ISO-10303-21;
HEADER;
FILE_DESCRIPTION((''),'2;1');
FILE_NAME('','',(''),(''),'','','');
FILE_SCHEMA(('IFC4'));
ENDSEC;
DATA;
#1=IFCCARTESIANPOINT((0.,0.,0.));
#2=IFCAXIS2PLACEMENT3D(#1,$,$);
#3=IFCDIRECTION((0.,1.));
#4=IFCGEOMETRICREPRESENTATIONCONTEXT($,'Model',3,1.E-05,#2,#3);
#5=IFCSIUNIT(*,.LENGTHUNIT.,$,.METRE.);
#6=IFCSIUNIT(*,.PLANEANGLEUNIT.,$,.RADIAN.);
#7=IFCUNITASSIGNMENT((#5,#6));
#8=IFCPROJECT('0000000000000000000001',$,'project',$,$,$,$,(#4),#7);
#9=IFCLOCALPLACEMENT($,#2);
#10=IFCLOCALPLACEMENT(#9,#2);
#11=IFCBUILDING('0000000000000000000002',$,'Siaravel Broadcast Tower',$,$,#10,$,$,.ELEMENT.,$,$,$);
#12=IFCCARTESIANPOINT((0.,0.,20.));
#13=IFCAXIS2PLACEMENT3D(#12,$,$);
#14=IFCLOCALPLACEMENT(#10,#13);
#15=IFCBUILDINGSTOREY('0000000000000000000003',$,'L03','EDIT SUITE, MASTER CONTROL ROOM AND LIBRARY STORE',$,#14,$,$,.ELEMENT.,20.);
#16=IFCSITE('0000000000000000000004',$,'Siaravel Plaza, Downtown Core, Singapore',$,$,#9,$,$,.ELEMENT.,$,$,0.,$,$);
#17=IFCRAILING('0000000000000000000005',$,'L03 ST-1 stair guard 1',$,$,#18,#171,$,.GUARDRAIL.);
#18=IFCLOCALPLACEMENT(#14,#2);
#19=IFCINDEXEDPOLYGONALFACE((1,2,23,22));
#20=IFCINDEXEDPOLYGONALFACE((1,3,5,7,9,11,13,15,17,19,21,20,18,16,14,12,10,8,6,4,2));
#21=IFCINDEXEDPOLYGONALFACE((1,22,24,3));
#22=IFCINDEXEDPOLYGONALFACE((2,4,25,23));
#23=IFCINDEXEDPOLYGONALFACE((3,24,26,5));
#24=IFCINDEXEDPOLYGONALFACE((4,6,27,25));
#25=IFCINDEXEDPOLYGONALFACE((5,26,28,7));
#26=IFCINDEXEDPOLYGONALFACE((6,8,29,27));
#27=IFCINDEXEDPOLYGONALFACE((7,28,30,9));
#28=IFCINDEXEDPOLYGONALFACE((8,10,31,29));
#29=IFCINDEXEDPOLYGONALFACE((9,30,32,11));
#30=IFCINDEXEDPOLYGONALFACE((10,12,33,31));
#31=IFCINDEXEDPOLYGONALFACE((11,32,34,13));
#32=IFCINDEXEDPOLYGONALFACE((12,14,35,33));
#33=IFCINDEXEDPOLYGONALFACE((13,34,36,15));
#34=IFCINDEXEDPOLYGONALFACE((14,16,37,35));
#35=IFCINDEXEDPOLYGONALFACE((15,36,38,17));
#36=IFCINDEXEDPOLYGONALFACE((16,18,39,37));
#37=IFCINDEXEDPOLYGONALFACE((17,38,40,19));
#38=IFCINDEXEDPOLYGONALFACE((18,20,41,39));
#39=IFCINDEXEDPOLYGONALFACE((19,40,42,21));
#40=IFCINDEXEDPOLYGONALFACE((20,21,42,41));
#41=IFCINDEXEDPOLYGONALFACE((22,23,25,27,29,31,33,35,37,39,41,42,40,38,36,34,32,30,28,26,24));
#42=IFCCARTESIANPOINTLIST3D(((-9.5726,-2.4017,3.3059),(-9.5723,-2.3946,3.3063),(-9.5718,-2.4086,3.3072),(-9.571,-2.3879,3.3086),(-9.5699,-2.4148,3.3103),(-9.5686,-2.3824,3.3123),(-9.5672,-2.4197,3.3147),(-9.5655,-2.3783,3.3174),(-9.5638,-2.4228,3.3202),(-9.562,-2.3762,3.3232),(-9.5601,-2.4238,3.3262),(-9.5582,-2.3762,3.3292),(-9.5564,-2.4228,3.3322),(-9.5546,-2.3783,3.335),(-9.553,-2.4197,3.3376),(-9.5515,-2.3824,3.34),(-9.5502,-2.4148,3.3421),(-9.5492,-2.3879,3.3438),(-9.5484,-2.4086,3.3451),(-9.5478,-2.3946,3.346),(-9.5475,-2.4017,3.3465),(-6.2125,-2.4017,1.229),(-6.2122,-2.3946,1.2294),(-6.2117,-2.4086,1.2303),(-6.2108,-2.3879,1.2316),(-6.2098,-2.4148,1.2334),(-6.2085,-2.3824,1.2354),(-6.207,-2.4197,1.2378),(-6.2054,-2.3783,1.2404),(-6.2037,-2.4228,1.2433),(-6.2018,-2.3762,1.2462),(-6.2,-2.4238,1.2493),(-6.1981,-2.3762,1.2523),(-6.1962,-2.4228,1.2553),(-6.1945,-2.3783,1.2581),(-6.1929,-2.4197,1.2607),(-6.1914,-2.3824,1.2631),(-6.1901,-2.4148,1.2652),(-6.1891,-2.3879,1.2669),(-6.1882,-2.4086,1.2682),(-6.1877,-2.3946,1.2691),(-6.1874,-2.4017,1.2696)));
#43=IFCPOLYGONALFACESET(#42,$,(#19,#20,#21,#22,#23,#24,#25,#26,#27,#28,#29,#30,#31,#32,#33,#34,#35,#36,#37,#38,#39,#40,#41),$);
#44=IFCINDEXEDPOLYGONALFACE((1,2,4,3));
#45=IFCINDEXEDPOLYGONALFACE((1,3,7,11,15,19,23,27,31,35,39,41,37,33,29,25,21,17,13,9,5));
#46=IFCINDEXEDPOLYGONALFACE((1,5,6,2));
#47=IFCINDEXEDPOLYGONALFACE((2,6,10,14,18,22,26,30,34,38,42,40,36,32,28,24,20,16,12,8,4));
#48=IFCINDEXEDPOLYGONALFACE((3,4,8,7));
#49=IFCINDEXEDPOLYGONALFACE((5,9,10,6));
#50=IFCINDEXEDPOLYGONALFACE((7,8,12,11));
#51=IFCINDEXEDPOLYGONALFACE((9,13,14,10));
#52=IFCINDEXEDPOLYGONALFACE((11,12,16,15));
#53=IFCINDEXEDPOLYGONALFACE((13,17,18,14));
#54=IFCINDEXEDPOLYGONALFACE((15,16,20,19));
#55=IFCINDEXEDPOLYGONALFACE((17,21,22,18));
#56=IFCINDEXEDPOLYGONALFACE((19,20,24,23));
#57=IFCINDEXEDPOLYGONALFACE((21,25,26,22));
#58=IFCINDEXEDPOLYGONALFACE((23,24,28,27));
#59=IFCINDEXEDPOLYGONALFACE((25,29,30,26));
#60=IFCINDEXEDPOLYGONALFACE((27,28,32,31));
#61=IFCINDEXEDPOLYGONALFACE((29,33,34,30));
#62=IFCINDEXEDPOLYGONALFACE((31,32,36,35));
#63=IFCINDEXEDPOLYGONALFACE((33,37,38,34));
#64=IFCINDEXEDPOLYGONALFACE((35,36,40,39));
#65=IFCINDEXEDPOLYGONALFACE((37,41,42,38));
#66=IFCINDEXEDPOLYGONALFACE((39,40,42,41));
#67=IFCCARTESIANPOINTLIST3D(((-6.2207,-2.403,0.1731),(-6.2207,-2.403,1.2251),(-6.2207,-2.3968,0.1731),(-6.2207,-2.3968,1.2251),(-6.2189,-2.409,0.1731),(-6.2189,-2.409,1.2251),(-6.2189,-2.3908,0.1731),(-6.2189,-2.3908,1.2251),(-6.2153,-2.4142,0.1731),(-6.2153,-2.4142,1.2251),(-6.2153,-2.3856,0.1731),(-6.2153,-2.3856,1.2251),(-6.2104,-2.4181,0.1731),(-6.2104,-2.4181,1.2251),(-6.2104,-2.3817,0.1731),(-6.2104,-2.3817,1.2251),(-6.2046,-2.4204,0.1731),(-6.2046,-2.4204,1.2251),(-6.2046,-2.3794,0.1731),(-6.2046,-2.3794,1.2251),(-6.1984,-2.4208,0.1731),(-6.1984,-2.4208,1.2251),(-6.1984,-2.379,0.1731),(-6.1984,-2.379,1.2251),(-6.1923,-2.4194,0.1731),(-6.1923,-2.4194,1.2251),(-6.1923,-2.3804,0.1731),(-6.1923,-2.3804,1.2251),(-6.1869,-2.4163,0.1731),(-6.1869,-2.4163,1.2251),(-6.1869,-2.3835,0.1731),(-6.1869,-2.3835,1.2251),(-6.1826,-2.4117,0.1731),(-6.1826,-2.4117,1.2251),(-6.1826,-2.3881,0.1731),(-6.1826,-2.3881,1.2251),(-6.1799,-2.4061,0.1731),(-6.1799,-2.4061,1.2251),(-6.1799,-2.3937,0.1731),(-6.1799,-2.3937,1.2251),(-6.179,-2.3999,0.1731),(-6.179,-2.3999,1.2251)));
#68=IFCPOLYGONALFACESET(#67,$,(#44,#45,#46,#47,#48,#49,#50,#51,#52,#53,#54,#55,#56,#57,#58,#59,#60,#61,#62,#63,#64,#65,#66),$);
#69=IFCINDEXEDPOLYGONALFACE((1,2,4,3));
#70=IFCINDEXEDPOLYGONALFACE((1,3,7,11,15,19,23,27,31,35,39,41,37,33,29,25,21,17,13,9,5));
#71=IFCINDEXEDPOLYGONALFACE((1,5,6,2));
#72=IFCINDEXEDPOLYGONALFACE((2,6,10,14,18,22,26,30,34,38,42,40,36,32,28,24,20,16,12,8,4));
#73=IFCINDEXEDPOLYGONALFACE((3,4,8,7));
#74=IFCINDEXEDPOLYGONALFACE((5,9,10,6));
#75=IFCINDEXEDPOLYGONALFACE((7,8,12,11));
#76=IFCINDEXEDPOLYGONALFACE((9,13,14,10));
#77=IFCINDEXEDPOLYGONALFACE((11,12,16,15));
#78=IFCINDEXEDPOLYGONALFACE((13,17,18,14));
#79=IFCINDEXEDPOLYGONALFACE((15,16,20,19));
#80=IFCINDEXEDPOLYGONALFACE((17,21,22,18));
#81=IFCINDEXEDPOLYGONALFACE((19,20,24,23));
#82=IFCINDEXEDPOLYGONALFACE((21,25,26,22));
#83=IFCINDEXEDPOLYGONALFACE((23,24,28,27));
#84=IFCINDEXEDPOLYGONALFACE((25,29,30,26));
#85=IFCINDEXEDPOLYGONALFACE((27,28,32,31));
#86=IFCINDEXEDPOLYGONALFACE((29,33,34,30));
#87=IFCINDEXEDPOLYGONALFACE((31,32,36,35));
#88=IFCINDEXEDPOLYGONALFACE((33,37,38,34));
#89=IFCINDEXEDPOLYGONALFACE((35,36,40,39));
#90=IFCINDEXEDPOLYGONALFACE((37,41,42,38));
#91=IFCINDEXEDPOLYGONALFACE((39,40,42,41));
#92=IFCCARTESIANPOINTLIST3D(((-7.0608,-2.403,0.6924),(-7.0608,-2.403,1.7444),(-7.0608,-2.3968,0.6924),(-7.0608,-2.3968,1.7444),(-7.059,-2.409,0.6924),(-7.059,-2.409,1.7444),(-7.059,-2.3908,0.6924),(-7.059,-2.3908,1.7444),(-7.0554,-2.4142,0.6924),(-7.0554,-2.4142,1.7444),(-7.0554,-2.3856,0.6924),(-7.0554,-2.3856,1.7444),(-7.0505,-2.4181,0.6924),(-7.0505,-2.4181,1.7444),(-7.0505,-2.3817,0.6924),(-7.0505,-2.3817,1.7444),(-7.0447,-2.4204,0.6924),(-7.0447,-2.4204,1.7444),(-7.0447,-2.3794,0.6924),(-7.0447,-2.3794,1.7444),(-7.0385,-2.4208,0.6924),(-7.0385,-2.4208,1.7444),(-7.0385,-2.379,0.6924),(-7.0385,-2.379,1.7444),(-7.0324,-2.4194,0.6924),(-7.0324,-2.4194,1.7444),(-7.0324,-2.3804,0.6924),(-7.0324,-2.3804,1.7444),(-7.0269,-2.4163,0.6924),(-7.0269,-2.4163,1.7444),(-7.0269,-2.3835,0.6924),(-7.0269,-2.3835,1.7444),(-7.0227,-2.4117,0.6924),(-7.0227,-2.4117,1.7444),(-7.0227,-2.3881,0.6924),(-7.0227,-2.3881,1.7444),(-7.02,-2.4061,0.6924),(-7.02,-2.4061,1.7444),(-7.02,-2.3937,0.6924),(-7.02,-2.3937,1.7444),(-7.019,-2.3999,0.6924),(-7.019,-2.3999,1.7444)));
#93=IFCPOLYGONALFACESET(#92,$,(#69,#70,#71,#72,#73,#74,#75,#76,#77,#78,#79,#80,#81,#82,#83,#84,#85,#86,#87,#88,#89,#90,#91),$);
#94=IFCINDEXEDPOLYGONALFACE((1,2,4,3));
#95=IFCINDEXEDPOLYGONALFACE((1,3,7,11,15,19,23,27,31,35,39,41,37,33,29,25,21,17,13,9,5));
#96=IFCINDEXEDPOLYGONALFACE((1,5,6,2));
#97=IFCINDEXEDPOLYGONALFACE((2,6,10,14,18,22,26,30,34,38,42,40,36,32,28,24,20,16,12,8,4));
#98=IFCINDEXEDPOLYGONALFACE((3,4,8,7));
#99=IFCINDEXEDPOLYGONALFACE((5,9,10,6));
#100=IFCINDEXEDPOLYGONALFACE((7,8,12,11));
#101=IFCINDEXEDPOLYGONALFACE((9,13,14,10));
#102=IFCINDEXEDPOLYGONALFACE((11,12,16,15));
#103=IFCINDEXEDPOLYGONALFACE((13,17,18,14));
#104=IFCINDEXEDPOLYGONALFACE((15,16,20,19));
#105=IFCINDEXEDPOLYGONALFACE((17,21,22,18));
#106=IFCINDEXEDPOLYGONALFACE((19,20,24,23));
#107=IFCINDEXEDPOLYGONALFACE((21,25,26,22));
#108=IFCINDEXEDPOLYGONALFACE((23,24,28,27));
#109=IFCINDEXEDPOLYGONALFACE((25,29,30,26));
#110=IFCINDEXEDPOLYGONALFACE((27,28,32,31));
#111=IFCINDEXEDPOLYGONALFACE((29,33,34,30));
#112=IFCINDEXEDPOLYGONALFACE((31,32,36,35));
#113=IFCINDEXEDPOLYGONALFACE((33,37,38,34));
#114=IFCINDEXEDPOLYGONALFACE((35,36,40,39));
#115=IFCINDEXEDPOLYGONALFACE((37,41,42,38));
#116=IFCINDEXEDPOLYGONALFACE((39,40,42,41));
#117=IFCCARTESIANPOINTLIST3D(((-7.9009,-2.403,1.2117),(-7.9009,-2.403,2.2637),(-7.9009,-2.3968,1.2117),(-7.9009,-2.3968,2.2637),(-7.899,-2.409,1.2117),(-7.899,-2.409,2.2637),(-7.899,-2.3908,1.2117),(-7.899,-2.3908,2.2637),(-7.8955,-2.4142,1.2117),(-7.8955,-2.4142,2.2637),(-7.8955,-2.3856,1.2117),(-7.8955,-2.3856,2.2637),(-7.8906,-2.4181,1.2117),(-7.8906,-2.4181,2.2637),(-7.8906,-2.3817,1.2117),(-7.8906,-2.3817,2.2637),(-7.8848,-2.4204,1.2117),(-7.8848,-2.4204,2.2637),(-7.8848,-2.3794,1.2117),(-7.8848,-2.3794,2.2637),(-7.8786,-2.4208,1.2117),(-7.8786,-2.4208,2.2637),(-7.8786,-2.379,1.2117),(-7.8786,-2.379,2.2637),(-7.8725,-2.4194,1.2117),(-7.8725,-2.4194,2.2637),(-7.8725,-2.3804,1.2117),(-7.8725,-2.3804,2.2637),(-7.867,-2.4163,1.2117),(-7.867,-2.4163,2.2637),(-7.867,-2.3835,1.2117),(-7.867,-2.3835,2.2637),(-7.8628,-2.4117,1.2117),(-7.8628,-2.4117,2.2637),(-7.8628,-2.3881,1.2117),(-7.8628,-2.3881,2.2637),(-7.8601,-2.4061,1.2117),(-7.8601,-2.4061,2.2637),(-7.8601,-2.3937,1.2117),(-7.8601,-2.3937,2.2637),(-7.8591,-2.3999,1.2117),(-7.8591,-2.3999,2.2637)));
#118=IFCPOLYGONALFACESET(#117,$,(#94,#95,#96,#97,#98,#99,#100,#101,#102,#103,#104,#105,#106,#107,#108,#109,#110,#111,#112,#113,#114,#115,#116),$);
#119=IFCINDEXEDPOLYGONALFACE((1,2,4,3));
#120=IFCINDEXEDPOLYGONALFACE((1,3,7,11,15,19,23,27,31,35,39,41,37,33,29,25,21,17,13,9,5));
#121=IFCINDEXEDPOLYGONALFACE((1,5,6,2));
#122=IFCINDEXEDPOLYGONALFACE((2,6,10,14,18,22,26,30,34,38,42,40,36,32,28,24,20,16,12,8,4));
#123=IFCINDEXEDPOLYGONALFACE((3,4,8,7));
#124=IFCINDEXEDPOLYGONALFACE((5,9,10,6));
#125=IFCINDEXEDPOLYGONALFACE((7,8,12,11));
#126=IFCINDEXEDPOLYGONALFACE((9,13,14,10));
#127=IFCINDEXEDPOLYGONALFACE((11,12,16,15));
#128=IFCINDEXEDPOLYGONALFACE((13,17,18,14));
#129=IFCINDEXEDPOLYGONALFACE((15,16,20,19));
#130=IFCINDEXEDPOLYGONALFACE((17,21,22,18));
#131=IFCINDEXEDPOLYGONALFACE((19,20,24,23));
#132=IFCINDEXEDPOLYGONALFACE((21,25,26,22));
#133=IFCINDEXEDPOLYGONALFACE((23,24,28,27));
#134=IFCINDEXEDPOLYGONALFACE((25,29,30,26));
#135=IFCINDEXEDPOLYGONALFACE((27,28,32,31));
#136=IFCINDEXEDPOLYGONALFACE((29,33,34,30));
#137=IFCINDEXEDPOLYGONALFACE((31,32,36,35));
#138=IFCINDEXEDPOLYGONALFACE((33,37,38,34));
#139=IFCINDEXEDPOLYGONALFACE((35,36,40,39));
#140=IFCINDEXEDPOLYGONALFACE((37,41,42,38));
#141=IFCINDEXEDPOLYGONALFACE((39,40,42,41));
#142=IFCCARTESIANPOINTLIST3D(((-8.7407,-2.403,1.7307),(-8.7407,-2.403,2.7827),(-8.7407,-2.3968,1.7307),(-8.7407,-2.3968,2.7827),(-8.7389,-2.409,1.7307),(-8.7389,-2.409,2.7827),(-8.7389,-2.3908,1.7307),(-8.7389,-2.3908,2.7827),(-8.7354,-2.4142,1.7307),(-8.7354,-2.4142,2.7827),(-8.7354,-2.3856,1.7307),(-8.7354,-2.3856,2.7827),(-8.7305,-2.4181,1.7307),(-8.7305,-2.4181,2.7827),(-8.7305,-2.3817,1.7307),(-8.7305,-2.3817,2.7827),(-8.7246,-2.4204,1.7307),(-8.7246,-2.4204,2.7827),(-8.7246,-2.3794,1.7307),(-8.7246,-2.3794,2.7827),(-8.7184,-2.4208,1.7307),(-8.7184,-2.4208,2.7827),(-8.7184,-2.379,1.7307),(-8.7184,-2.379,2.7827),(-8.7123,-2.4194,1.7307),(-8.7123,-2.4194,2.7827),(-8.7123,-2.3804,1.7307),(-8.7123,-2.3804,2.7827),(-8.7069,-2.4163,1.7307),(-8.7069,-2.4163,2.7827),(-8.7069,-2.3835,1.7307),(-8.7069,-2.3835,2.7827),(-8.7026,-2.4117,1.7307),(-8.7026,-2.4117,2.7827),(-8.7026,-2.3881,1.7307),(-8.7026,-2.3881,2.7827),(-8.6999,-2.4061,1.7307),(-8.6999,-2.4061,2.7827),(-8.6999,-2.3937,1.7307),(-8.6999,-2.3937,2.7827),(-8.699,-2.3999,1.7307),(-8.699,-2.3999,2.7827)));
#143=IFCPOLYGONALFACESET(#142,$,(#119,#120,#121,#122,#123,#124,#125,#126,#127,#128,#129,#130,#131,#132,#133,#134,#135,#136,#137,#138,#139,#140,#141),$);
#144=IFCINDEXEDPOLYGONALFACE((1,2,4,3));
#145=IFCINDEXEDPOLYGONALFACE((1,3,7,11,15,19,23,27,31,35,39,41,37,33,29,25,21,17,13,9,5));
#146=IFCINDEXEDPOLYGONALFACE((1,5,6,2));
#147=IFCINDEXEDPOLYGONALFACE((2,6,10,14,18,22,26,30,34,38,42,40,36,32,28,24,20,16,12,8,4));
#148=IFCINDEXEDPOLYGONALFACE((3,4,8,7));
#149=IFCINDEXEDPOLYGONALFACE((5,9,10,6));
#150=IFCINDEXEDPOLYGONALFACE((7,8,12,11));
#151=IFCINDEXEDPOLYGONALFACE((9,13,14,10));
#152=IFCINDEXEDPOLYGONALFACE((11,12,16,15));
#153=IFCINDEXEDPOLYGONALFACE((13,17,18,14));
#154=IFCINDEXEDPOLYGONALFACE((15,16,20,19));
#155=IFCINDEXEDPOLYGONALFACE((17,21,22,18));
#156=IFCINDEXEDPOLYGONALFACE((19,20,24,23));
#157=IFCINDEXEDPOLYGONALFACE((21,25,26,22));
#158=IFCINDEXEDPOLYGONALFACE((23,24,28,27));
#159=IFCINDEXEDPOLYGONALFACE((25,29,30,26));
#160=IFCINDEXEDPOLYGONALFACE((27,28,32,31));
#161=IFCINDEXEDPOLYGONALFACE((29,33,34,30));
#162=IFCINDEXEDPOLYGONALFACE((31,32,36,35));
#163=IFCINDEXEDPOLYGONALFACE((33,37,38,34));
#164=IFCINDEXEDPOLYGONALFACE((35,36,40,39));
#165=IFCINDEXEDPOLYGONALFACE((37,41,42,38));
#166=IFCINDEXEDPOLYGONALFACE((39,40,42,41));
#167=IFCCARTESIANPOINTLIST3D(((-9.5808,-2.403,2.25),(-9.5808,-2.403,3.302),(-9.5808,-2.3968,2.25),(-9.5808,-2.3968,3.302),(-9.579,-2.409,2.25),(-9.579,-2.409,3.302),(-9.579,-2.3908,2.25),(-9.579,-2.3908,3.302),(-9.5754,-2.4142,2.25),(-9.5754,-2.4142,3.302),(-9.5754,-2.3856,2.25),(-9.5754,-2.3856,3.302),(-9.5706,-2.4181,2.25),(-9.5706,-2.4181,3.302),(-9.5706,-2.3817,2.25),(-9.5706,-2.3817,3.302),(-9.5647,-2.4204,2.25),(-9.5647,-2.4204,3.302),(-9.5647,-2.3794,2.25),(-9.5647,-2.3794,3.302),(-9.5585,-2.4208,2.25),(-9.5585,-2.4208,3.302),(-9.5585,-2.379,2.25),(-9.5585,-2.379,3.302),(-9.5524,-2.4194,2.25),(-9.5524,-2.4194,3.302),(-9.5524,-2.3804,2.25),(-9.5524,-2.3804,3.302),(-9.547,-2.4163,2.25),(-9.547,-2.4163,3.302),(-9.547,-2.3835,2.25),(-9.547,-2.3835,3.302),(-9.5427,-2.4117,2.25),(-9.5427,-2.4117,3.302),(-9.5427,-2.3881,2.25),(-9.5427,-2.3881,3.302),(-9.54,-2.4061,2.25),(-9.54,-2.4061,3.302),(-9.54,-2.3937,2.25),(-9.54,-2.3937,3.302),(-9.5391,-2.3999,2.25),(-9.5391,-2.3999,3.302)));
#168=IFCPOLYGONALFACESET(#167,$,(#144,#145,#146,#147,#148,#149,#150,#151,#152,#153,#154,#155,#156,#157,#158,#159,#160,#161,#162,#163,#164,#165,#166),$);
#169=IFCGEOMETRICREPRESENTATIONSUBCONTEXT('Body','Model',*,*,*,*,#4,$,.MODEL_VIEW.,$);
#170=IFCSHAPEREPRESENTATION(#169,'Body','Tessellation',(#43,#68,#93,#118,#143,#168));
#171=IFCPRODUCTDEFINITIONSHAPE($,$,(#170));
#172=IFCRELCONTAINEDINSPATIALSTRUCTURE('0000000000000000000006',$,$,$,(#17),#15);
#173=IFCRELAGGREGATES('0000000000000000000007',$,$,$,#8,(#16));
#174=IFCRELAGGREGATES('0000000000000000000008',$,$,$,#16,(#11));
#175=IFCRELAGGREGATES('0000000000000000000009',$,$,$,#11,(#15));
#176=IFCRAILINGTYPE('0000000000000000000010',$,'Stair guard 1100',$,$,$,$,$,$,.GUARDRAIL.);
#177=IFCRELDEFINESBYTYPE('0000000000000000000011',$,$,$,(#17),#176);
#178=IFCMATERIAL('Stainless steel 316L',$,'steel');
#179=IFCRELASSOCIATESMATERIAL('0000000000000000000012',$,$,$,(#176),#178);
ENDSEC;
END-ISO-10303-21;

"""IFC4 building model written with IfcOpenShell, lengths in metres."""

from ifc_helpers import new_model, si_unit, direction, frame, origin, origin_2d, place, context, subcontext, project, spatial, circle, extrude, material, type_object, element, save


model = new_model("IFC4")

# Units and contexts
model_context = context("Model", 3, precision=1e-05, world=origin(), true_north=direction((0.0, 1.0)))
body_context = subcontext(model_context, "Body", "Model", "MODEL_VIEW")
ifc_project = project(units=[si_unit("LENGTHUNIT", "METRE"), si_unit("PLANEANGLEUNIT", "RADIAN")], contexts=[model_context])

# Site, building, storey
site_placement = place(None, origin())
site = spatial("IfcSite", under=ifc_project, at=site_placement, Name="Siaravel Plaza, Downtown Core, Singapore", CompositionType="ELEMENT", RefElevation=0.0)
building_placement = place(site_placement, origin())
building = spatial("IfcBuilding", under=site, at=building_placement, Name="Siaravel Broadcast Tower", CompositionType="ELEMENT")
storey_placement = place(building_placement, frame((0.0, 0.0, 20.0)))
storey = spatial("IfcBuildingStorey", under=building, at=storey_placement, Name="L03", Description="EDIT SUITE, MASTER CONTROL ROOM AND LIBRARY STORE", CompositionType="ELEMENT", Elevation=20.0)

# Railing
ifc_material_1 = material(Name="Stainless steel 316L", Category="steel")
railing_type = type_object("IfcRailingType", Name="Stair guard 1100", PredefinedType="GUARDRAIL", material=ifc_material_1)
railing_1_placement = place(storey_placement, frame((-6.2, -2.3999, 0.1731)))
element("IfcRailing", 1, at=railing_1_placement, inside=storey, type_object=railing_type, Name="L03 ST-1 stair guard 1", PredefinedType="GUARDRAIL", context=body_context, shape_type="SweptSolid", body=[
    extrude(circle(Radius=0.0239, at=origin_2d()), frame((0.0, 0.0, 1.0762), z_axis=(-0.850623, 0.0, 0.525776), x_axis=(0.0, -1.0, 0.0)), (0.0, 0.0, 1.0), 3.9502),
    extrude(circle(Radius=0.021, at=origin_2d()), origin(), (0.0, 0.0, 1.0), 1.052),
    extrude(circle(Radius=0.021, at=origin_2d()), frame((-0.8401, 0.0, 0.5193)), (0.0, 0.0, 1.0), 1.052),
    extrude(circle(Radius=0.021, at=origin_2d()), frame((-1.6802, 0.0, 1.0386)), (0.0, 0.0, 1.0), 1.052),
    extrude(circle(Radius=0.021, at=origin_2d()), frame((-2.52, 0.0, 1.5576)), (0.0, 0.0, 1.0), 1.052),
    extrude(circle(Radius=0.021, at=origin_2d()), frame((-3.3601, 0.0, 2.0769)), (0.0, 0.0, 1.0), 1.052),
])

save(model, "model.ifc")
